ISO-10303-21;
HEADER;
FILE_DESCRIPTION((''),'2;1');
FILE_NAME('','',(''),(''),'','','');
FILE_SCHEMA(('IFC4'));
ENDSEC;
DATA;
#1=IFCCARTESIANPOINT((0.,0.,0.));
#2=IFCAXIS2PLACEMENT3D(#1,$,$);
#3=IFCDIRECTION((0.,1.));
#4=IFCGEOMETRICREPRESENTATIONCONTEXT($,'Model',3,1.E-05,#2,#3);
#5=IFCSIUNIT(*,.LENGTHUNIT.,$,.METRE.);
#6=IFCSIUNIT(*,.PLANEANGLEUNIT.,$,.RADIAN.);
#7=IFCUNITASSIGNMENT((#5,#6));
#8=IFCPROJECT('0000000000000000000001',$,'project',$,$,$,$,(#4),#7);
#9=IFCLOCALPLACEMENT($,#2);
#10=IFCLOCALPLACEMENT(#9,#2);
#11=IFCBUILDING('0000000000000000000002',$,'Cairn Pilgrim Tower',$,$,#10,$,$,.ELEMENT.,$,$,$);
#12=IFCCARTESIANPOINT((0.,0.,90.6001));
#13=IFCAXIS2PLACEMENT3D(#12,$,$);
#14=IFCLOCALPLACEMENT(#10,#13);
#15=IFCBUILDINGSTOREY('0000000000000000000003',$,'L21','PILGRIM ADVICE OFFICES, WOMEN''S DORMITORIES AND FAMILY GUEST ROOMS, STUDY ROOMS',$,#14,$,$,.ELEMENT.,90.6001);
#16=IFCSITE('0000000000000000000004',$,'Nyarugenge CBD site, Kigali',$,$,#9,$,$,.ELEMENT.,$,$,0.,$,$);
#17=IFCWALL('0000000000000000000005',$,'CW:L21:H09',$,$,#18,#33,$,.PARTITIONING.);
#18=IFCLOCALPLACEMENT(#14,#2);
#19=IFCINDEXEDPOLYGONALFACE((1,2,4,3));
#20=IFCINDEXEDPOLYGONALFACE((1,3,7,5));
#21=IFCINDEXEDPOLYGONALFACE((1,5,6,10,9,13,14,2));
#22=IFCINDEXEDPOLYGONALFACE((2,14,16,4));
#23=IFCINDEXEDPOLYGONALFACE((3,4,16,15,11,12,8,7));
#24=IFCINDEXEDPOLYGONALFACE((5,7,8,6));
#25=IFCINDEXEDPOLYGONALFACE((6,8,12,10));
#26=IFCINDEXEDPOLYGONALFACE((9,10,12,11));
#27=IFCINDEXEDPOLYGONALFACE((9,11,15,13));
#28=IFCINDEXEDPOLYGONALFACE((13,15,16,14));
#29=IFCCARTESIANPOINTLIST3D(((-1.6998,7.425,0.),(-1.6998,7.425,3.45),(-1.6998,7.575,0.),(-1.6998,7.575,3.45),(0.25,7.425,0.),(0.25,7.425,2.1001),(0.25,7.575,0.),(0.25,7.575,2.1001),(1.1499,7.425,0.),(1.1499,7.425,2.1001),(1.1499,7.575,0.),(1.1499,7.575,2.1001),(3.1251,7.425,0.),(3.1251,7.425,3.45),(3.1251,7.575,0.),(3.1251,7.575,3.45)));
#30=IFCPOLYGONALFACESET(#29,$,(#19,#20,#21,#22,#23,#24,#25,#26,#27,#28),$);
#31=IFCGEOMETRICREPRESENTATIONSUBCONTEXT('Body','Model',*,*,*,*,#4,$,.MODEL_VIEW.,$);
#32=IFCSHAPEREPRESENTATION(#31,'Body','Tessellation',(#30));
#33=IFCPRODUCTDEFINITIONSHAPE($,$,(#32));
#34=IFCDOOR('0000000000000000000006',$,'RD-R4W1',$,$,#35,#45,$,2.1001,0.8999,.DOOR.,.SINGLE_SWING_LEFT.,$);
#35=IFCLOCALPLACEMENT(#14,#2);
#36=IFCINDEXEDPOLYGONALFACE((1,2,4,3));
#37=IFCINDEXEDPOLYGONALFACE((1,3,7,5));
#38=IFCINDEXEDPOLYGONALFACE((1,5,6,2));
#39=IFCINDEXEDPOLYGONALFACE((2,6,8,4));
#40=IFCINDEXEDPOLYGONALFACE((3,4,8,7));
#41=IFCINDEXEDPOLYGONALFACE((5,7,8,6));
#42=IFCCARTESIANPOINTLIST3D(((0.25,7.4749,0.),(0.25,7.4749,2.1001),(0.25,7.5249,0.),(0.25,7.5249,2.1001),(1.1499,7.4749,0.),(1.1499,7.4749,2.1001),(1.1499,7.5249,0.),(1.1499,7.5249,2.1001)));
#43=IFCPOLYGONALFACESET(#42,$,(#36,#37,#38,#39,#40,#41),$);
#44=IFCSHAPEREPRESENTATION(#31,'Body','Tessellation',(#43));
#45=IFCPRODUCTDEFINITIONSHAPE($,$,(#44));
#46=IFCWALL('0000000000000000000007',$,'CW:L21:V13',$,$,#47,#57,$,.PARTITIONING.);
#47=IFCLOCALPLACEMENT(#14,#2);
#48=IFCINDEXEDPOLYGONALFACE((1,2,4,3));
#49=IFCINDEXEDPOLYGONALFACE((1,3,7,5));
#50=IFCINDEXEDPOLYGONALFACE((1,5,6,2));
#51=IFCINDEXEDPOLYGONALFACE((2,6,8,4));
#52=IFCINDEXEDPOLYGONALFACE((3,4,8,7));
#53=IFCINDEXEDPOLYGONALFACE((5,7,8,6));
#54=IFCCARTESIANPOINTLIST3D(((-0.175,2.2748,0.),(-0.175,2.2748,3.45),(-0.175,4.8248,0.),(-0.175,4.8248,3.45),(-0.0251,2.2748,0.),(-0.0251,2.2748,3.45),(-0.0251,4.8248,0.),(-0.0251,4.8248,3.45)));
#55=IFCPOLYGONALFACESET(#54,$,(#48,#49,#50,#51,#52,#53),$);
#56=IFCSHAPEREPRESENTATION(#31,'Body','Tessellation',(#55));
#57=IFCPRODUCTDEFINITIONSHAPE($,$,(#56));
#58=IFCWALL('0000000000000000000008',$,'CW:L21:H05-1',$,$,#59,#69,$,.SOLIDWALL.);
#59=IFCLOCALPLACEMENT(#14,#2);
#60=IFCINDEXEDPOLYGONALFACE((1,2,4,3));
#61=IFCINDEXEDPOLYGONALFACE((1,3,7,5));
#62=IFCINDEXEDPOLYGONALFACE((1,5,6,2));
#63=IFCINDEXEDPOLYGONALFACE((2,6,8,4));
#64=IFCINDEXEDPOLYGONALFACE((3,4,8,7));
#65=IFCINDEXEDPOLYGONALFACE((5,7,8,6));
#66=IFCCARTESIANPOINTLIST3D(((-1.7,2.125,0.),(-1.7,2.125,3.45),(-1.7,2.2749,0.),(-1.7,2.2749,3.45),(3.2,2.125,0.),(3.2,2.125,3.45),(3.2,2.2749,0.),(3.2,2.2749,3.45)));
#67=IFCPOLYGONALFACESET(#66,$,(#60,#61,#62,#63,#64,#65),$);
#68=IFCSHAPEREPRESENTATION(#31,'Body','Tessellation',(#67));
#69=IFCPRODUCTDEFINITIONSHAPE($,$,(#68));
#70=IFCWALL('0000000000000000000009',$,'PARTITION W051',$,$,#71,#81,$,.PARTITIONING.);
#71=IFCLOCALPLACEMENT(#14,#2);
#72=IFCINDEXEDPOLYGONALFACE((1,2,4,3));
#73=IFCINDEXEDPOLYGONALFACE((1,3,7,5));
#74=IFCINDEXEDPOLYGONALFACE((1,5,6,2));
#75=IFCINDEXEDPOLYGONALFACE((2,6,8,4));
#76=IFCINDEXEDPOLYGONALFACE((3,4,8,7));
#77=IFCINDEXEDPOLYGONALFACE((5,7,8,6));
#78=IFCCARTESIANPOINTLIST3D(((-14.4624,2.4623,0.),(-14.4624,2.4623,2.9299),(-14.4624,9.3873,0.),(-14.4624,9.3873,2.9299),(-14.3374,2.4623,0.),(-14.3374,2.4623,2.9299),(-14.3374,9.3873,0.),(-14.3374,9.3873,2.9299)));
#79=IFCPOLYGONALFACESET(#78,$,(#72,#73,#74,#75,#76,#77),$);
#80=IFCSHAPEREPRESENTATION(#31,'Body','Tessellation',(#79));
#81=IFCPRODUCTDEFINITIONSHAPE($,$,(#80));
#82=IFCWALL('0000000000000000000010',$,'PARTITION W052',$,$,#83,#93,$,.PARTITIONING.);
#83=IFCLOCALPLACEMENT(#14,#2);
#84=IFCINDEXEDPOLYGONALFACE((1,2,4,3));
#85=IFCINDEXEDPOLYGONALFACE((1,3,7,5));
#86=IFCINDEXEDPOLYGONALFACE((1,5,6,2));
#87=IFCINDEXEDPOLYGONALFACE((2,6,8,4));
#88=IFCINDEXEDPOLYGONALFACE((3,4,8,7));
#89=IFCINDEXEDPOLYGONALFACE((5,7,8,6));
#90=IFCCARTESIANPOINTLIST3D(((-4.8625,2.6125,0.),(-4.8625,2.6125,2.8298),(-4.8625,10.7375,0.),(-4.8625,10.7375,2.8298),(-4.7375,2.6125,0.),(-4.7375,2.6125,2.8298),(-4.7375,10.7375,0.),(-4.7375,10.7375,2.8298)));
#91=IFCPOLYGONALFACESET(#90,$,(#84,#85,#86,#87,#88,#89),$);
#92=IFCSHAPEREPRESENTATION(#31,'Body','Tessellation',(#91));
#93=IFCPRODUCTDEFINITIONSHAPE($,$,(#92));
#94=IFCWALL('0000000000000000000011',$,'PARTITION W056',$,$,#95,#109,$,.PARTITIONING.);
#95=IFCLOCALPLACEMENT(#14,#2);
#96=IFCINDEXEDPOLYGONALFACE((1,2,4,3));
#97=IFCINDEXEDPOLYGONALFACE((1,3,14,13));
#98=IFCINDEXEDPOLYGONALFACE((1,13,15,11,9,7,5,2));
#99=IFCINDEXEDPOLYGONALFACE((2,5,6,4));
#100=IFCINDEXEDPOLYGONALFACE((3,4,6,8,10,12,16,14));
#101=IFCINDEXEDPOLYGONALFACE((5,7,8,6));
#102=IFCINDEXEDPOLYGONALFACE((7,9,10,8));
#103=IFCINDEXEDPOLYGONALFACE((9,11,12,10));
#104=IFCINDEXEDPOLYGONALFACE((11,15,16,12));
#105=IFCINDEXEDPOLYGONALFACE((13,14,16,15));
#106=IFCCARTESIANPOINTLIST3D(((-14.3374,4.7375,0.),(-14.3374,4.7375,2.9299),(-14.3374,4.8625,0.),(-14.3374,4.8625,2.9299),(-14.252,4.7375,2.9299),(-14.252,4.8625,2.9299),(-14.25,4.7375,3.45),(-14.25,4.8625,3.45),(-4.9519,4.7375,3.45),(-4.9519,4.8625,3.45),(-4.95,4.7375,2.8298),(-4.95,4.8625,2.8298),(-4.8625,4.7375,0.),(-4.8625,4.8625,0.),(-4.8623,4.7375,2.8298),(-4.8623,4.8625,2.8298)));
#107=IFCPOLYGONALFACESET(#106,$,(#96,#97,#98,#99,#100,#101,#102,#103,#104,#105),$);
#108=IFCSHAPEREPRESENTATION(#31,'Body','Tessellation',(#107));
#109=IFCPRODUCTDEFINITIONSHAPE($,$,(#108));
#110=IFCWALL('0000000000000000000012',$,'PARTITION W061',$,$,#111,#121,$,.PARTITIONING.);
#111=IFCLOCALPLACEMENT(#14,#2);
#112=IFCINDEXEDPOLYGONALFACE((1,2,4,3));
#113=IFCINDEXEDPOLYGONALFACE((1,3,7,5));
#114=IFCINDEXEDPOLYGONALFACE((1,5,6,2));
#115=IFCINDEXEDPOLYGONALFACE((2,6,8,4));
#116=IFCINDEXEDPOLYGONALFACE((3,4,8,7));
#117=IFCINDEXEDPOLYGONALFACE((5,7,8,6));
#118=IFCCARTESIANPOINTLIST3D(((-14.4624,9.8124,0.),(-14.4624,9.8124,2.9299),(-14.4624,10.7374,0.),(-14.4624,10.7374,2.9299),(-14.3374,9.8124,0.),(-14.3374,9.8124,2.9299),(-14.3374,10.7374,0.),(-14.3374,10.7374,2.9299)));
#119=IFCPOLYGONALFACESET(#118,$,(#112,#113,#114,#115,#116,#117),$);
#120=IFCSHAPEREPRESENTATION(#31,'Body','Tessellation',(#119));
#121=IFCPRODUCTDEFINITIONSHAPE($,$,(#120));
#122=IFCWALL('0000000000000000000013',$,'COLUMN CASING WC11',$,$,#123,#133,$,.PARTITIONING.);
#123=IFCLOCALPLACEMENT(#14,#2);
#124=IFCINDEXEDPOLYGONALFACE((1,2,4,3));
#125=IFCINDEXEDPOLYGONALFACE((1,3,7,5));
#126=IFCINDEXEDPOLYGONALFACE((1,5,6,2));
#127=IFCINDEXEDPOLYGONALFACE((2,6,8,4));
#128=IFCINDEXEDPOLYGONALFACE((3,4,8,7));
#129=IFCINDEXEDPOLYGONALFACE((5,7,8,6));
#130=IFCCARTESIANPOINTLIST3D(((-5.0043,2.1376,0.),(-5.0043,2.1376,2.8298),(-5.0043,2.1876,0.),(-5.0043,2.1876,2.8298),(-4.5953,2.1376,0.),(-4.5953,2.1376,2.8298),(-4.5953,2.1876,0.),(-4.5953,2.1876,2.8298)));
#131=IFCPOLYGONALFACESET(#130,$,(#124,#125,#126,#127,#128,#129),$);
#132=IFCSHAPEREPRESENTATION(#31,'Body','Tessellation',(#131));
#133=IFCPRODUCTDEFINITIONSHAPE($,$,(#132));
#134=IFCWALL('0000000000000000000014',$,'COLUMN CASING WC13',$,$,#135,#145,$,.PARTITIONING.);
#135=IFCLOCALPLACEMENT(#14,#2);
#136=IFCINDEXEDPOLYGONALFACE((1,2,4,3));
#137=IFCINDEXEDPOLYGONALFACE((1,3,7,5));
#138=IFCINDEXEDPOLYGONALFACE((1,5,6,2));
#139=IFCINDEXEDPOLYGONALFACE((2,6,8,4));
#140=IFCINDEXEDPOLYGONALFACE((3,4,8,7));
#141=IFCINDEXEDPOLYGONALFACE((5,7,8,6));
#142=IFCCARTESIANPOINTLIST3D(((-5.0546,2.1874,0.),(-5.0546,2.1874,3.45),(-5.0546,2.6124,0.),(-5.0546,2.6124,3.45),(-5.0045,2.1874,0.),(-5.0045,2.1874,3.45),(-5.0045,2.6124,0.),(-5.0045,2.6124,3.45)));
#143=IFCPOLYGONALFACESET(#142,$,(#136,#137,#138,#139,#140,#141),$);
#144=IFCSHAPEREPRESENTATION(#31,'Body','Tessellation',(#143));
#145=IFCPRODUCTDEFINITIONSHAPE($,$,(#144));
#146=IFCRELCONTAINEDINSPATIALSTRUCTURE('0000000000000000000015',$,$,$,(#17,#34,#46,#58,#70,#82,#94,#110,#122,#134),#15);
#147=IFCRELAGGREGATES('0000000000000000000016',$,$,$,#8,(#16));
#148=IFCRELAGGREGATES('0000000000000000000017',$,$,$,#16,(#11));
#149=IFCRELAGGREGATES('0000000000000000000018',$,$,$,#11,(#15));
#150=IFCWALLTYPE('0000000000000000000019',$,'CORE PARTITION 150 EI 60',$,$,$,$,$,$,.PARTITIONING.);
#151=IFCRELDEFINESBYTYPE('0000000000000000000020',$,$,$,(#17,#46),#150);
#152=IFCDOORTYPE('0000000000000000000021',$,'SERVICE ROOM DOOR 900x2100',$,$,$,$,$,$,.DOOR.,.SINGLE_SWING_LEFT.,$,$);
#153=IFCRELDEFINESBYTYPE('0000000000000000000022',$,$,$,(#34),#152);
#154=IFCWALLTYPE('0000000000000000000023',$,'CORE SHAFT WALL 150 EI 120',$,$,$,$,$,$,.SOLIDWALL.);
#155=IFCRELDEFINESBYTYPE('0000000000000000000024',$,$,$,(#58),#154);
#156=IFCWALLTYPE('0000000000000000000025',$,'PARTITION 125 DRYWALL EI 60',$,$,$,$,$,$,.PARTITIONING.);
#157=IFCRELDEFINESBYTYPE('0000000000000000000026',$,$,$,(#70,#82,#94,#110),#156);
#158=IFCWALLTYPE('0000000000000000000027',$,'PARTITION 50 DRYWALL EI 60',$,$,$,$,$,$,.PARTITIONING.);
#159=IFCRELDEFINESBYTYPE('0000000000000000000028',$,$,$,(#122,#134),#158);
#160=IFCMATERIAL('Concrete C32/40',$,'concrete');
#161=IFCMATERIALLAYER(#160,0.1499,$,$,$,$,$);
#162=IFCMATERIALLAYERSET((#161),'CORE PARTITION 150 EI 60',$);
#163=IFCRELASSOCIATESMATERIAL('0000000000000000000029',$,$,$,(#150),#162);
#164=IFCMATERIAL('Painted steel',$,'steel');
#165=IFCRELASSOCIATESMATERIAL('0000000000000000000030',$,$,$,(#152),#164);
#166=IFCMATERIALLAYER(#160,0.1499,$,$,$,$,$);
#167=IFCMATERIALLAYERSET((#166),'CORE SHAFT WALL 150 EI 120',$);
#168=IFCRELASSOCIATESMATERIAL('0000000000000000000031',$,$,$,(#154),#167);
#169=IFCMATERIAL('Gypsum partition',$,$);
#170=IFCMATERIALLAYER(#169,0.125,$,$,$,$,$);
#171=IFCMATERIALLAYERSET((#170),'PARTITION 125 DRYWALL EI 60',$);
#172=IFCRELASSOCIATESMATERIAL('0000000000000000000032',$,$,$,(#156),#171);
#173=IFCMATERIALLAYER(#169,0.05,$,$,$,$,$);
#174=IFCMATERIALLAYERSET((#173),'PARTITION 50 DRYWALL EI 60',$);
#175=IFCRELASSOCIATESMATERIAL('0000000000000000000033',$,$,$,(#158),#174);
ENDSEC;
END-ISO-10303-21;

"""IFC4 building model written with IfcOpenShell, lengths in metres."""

from ifc_helpers import new_model, si_unit, direction, frame, frame_2d, origin, place, context, subcontext, project, spatial, polyline, rectangle, outline, extrude, material, layer, layer_set, type_object, element, fill, save


model = new_model("IFC4")

# Units and contexts
model_context = context("Model", 3, precision=1e-05, world=origin(), true_north=direction((0.0, 1.0)))
body_context = subcontext(model_context, "Body", "Model", "MODEL_VIEW")
ifc_project = project(units=[si_unit("LENGTHUNIT", "METRE"), si_unit("PLANEANGLEUNIT", "RADIAN")], contexts=[model_context])

# Site, building, storey
site_placement = place(None, origin())
site = spatial("IfcSite", under=ifc_project, at=site_placement, Name="Nyarugenge CBD site, Kigali", CompositionType="ELEMENT", RefElevation=0.0)
building_placement = place(site_placement, origin())
building = spatial("IfcBuilding", under=site, at=building_placement, Name="Cairn Pilgrim Tower", CompositionType="ELEMENT")
storey_placement = place(building_placement, frame((0.0, 0.0, 90.6001)))
storey = spatial("IfcBuildingStorey", under=building, at=storey_placement, Name="L21", Description="PILGRIM ADVICE OFFICES, WOMEN'S DORMITORIES AND FAMILY GUEST ROOMS, STUDY ROOMS", CompositionType="ELEMENT", Elevation=90.6001)

# Shared definitions
ifc_material_1 = material(Name="Concrete C32/40", Category="concrete")

# Shared definitions
ifc_layer_1 = layer(ifc_material_1, 0.1499)
ifc_layer_set_1 = layer_set([ifc_layer_1], Name="CORE PARTITION 150 EI 60")
wall_type_1 = type_object("IfcWallType", Name="CORE PARTITION 150 EI 60", PredefinedType="PARTITIONING", material=ifc_layer_set_1)
ifc_material_2 = material(Name="Painted steel", Category="steel")
door_type = type_object("IfcDoorType", Name="SERVICE ROOM DOOR 900x2100", OperationType="SINGLE_SWING_LEFT", PredefinedType="DOOR", material=ifc_material_2)

# Wall, opening, door
wall_1_placement = place(storey_placement, frame((-1.7, 7.5, 0.0), z_axis=(0.0, 0.0, 1.0), x_axis=(1.0, 0.0, 0.0)))
wall_1 = element("IfcWall", 1, at=wall_1_placement, inside=storey, type_object=wall_type_1, Name="CW:L21:H09", PredefinedType="PARTITIONING", context=body_context, shape_type="SweptSolid", body=[
    extrude(rectangle(XDim=4.825, YDim=0.1499, at=frame_2d((2.4126, 0.0))), origin(), (0.0, 0.0, 1.0), 3.45),
])
opening_1_placement = place(wall_1_placement, frame((1.95, 0.0, 0.0)))
opening_1 = element("IfcOpeningElement", 2, at=opening_1_placement, cuts=wall_1, PredefinedType="OPENING", context=body_context, shape_type="SweptSolid", body=[
    extrude(rectangle(XDim=0.8999, YDim=2.1001, at=frame_2d((0.45, 1.05))), frame((0.0, 0.085, 0.0), z_axis=(0.0, -1.0, 0.0), x_axis=(1.0, 0.0, 0.0)), (0.0, 0.0, 1.0), 0.1699),
])
door_1_placement = place(opening_1_placement, origin())
door_1 = element("IfcDoor", 3, at=door_1_placement, inside=storey, type_object=door_type, Name="RD-R4W1", OperationType="SINGLE_SWING_LEFT", OverallHeight=2.1001, OverallWidth=0.8999, PredefinedType="DOOR", context=body_context, shape_type="SweptSolid", body=[
    extrude(rectangle(XDim=0.8999, YDim=2.1001, at=frame_2d((0.45, 1.05))), frame((0.0, 0.0249, 0.0), z_axis=(0.0, -1.0, 0.0), x_axis=(1.0, 0.0, 0.0)), (0.0, 0.0, 1.0), 0.05),
])
fill(opening_1, door_1)

# Walls
wall_2_placement = place(storey_placement, frame((-0.1001, 2.2749, 0.0), z_axis=(0.0, 0.0, 1.0), x_axis=(0.0, 1.0, 0.0)))
element("IfcWall", 4, at=wall_2_placement, inside=storey, type_object=wall_type_1, Name="CW:L21:V13", PredefinedType="PARTITIONING", context=body_context, shape_type="SweptSolid", body=[
    extrude(rectangle(XDim=2.55, YDim=0.1499, at=frame_2d((1.2749, 0.0))), origin(), (0.0, 0.0, 1.0), 3.45),
])
ifc_layer_2 = layer(ifc_material_1, 0.1499)
ifc_layer_set_2 = layer_set([ifc_layer_2], Name="CORE SHAFT WALL 150 EI 120")
wall_type_2 = type_object("IfcWallType", Name="CORE SHAFT WALL 150 EI 120", PredefinedType="SOLIDWALL", material=ifc_layer_set_2)
wall_3_placement = place(storey_placement, frame((-1.7, 2.2, 0.0), z_axis=(0.0, 0.0, 1.0), x_axis=(1.0, 0.0, 0.0)))
element("IfcWall", 5, at=wall_3_placement, inside=storey, type_object=wall_type_2, Name="CW:L21:H05-1", PredefinedType="SOLIDWALL", context=body_context, shape_type="SweptSolid", body=[
    extrude(rectangle(XDim=4.8999, YDim=0.1499, at=frame_2d((2.45, 0.0))), origin(), (0.0, 0.0, 1.0), 3.45),
])
ifc_material_3 = material(Name="Gypsum partition")
ifc_layer_3 = layer(ifc_material_3, 0.125)
ifc_layer_set_3 = layer_set([ifc_layer_3], Name="PARTITION 125 DRYWALL EI 60")
wall_type_3 = type_object("IfcWallType", Name="PARTITION 125 DRYWALL EI 60", PredefinedType="PARTITIONING", material=ifc_layer_set_3)
wall_4_placement = place(storey_placement, frame((-14.3999, 2.4624, 0.0), z_axis=(0.0, 0.0, 1.0), x_axis=(0.0, 1.0, 0.0)))
element("IfcWall", 6, at=wall_4_placement, inside=storey, type_object=wall_type_3, Name="PARTITION W051", PredefinedType="PARTITIONING", context=body_context, shape_type="SweptSolid", body=[
    extrude(rectangle(XDim=6.925, YDim=0.125, at=frame_2d((3.4624, 0.0))), origin(), (0.0, 0.0, 1.0), 2.9299),
])
wall_5_placement = place(storey_placement, frame((-4.8, 2.6125, 0.0), z_axis=(0.0, 0.0, 1.0), x_axis=(0.0, 1.0, 0.0)))
element("IfcWall", 7, at=wall_5_placement, inside=storey, type_object=wall_type_3, Name="PARTITION W052", PredefinedType="PARTITIONING", context=body_context, shape_type="SweptSolid", body=[
    extrude(rectangle(XDim=8.125, YDim=0.125, at=frame_2d((4.0625, 0.0))), origin(), (0.0, 0.0, 1.0), 2.8298),
])
wall_6_placement = place(storey_placement, frame((-14.3374, 4.8, 0.0), z_axis=(0.0, 0.0, 1.0), x_axis=(1.0, 0.0, 0.0)))
element("IfcWall", 8, at=wall_6_placement, inside=storey, type_object=wall_type_3, Name="PARTITION W056", PredefinedType="PARTITIONING", context=body_context, shape_type="SweptSolid", body=[
    extrude(outline(polyline([(0.0, 0.0), (9.4749, 0.0), (9.4751, 2.8298), (9.3875, 2.8298), (9.3855, 3.45), (0.0874, 3.45), (0.0854, 2.9299), (0.0, 2.9299), (0.0, 0.0)])), frame((0.0, 0.0625, 0.0), z_axis=(0.0, -1.0, 0.0), x_axis=(1.0, 0.0, 0.0)), (0.0, 0.0, 1.0), 0.125),
])
wall_7_placement = place(storey_placement, frame((-14.3999, 9.8125, 0.0), z_axis=(0.0, 0.0, 1.0), x_axis=(0.0, 1.0, 0.0)))
element("IfcWall", 9, at=wall_7_placement, inside=storey, type_object=wall_type_3, Name="PARTITION W061", PredefinedType="PARTITIONING", context=body_context, shape_type="SweptSolid", body=[
    extrude(rectangle(XDim=0.925, YDim=0.125, at=frame_2d((0.4624, 0.0))), origin(), (0.0, 0.0, 1.0), 2.9299),
])
ifc_layer_4 = layer(ifc_material_3, 0.05)
ifc_layer_set_4 = layer_set([ifc_layer_4], Name="PARTITION 50 DRYWALL EI 60")
wall_type_4 = type_object("IfcWallType", Name="PARTITION 50 DRYWALL EI 60", PredefinedType="PARTITIONING", material=ifc_layer_set_4)
wall_8_placement = place(storey_placement, frame((-5.0044, 2.1626, 0.0), z_axis=(0.0, 0.0, 1.0), x_axis=(1.0, 0.0, 0.0)))
element("IfcWall", 10, at=wall_8_placement, inside=storey, type_object=wall_type_4, Name="COLUMN CASING WC11", PredefinedType="PARTITIONING", context=body_context, shape_type="SweptSolid", body=[
    extrude(rectangle(XDim=0.4089, YDim=0.05, at=frame_2d((0.2046, 0.0))), origin(), (0.0, 0.0, 1.0), 2.8298),
])
wall_9_placement = place(storey_placement, frame((-5.0295, 2.1875, 0.0), z_axis=(0.0, 0.0, 1.0), x_axis=(0.0, 1.0, 0.0)))
element("IfcWall", 11, at=wall_9_placement, inside=storey, type_object=wall_type_4, Name="COLUMN CASING WC13", PredefinedType="PARTITIONING", context=body_context, shape_type="SweptSolid", body=[
    extrude(rectangle(XDim=0.425, YDim=0.05, at=frame_2d((0.2124, 0.0))), origin(), (0.0, 0.0, 1.0), 3.45),
])

save(model, "model.ifc")
